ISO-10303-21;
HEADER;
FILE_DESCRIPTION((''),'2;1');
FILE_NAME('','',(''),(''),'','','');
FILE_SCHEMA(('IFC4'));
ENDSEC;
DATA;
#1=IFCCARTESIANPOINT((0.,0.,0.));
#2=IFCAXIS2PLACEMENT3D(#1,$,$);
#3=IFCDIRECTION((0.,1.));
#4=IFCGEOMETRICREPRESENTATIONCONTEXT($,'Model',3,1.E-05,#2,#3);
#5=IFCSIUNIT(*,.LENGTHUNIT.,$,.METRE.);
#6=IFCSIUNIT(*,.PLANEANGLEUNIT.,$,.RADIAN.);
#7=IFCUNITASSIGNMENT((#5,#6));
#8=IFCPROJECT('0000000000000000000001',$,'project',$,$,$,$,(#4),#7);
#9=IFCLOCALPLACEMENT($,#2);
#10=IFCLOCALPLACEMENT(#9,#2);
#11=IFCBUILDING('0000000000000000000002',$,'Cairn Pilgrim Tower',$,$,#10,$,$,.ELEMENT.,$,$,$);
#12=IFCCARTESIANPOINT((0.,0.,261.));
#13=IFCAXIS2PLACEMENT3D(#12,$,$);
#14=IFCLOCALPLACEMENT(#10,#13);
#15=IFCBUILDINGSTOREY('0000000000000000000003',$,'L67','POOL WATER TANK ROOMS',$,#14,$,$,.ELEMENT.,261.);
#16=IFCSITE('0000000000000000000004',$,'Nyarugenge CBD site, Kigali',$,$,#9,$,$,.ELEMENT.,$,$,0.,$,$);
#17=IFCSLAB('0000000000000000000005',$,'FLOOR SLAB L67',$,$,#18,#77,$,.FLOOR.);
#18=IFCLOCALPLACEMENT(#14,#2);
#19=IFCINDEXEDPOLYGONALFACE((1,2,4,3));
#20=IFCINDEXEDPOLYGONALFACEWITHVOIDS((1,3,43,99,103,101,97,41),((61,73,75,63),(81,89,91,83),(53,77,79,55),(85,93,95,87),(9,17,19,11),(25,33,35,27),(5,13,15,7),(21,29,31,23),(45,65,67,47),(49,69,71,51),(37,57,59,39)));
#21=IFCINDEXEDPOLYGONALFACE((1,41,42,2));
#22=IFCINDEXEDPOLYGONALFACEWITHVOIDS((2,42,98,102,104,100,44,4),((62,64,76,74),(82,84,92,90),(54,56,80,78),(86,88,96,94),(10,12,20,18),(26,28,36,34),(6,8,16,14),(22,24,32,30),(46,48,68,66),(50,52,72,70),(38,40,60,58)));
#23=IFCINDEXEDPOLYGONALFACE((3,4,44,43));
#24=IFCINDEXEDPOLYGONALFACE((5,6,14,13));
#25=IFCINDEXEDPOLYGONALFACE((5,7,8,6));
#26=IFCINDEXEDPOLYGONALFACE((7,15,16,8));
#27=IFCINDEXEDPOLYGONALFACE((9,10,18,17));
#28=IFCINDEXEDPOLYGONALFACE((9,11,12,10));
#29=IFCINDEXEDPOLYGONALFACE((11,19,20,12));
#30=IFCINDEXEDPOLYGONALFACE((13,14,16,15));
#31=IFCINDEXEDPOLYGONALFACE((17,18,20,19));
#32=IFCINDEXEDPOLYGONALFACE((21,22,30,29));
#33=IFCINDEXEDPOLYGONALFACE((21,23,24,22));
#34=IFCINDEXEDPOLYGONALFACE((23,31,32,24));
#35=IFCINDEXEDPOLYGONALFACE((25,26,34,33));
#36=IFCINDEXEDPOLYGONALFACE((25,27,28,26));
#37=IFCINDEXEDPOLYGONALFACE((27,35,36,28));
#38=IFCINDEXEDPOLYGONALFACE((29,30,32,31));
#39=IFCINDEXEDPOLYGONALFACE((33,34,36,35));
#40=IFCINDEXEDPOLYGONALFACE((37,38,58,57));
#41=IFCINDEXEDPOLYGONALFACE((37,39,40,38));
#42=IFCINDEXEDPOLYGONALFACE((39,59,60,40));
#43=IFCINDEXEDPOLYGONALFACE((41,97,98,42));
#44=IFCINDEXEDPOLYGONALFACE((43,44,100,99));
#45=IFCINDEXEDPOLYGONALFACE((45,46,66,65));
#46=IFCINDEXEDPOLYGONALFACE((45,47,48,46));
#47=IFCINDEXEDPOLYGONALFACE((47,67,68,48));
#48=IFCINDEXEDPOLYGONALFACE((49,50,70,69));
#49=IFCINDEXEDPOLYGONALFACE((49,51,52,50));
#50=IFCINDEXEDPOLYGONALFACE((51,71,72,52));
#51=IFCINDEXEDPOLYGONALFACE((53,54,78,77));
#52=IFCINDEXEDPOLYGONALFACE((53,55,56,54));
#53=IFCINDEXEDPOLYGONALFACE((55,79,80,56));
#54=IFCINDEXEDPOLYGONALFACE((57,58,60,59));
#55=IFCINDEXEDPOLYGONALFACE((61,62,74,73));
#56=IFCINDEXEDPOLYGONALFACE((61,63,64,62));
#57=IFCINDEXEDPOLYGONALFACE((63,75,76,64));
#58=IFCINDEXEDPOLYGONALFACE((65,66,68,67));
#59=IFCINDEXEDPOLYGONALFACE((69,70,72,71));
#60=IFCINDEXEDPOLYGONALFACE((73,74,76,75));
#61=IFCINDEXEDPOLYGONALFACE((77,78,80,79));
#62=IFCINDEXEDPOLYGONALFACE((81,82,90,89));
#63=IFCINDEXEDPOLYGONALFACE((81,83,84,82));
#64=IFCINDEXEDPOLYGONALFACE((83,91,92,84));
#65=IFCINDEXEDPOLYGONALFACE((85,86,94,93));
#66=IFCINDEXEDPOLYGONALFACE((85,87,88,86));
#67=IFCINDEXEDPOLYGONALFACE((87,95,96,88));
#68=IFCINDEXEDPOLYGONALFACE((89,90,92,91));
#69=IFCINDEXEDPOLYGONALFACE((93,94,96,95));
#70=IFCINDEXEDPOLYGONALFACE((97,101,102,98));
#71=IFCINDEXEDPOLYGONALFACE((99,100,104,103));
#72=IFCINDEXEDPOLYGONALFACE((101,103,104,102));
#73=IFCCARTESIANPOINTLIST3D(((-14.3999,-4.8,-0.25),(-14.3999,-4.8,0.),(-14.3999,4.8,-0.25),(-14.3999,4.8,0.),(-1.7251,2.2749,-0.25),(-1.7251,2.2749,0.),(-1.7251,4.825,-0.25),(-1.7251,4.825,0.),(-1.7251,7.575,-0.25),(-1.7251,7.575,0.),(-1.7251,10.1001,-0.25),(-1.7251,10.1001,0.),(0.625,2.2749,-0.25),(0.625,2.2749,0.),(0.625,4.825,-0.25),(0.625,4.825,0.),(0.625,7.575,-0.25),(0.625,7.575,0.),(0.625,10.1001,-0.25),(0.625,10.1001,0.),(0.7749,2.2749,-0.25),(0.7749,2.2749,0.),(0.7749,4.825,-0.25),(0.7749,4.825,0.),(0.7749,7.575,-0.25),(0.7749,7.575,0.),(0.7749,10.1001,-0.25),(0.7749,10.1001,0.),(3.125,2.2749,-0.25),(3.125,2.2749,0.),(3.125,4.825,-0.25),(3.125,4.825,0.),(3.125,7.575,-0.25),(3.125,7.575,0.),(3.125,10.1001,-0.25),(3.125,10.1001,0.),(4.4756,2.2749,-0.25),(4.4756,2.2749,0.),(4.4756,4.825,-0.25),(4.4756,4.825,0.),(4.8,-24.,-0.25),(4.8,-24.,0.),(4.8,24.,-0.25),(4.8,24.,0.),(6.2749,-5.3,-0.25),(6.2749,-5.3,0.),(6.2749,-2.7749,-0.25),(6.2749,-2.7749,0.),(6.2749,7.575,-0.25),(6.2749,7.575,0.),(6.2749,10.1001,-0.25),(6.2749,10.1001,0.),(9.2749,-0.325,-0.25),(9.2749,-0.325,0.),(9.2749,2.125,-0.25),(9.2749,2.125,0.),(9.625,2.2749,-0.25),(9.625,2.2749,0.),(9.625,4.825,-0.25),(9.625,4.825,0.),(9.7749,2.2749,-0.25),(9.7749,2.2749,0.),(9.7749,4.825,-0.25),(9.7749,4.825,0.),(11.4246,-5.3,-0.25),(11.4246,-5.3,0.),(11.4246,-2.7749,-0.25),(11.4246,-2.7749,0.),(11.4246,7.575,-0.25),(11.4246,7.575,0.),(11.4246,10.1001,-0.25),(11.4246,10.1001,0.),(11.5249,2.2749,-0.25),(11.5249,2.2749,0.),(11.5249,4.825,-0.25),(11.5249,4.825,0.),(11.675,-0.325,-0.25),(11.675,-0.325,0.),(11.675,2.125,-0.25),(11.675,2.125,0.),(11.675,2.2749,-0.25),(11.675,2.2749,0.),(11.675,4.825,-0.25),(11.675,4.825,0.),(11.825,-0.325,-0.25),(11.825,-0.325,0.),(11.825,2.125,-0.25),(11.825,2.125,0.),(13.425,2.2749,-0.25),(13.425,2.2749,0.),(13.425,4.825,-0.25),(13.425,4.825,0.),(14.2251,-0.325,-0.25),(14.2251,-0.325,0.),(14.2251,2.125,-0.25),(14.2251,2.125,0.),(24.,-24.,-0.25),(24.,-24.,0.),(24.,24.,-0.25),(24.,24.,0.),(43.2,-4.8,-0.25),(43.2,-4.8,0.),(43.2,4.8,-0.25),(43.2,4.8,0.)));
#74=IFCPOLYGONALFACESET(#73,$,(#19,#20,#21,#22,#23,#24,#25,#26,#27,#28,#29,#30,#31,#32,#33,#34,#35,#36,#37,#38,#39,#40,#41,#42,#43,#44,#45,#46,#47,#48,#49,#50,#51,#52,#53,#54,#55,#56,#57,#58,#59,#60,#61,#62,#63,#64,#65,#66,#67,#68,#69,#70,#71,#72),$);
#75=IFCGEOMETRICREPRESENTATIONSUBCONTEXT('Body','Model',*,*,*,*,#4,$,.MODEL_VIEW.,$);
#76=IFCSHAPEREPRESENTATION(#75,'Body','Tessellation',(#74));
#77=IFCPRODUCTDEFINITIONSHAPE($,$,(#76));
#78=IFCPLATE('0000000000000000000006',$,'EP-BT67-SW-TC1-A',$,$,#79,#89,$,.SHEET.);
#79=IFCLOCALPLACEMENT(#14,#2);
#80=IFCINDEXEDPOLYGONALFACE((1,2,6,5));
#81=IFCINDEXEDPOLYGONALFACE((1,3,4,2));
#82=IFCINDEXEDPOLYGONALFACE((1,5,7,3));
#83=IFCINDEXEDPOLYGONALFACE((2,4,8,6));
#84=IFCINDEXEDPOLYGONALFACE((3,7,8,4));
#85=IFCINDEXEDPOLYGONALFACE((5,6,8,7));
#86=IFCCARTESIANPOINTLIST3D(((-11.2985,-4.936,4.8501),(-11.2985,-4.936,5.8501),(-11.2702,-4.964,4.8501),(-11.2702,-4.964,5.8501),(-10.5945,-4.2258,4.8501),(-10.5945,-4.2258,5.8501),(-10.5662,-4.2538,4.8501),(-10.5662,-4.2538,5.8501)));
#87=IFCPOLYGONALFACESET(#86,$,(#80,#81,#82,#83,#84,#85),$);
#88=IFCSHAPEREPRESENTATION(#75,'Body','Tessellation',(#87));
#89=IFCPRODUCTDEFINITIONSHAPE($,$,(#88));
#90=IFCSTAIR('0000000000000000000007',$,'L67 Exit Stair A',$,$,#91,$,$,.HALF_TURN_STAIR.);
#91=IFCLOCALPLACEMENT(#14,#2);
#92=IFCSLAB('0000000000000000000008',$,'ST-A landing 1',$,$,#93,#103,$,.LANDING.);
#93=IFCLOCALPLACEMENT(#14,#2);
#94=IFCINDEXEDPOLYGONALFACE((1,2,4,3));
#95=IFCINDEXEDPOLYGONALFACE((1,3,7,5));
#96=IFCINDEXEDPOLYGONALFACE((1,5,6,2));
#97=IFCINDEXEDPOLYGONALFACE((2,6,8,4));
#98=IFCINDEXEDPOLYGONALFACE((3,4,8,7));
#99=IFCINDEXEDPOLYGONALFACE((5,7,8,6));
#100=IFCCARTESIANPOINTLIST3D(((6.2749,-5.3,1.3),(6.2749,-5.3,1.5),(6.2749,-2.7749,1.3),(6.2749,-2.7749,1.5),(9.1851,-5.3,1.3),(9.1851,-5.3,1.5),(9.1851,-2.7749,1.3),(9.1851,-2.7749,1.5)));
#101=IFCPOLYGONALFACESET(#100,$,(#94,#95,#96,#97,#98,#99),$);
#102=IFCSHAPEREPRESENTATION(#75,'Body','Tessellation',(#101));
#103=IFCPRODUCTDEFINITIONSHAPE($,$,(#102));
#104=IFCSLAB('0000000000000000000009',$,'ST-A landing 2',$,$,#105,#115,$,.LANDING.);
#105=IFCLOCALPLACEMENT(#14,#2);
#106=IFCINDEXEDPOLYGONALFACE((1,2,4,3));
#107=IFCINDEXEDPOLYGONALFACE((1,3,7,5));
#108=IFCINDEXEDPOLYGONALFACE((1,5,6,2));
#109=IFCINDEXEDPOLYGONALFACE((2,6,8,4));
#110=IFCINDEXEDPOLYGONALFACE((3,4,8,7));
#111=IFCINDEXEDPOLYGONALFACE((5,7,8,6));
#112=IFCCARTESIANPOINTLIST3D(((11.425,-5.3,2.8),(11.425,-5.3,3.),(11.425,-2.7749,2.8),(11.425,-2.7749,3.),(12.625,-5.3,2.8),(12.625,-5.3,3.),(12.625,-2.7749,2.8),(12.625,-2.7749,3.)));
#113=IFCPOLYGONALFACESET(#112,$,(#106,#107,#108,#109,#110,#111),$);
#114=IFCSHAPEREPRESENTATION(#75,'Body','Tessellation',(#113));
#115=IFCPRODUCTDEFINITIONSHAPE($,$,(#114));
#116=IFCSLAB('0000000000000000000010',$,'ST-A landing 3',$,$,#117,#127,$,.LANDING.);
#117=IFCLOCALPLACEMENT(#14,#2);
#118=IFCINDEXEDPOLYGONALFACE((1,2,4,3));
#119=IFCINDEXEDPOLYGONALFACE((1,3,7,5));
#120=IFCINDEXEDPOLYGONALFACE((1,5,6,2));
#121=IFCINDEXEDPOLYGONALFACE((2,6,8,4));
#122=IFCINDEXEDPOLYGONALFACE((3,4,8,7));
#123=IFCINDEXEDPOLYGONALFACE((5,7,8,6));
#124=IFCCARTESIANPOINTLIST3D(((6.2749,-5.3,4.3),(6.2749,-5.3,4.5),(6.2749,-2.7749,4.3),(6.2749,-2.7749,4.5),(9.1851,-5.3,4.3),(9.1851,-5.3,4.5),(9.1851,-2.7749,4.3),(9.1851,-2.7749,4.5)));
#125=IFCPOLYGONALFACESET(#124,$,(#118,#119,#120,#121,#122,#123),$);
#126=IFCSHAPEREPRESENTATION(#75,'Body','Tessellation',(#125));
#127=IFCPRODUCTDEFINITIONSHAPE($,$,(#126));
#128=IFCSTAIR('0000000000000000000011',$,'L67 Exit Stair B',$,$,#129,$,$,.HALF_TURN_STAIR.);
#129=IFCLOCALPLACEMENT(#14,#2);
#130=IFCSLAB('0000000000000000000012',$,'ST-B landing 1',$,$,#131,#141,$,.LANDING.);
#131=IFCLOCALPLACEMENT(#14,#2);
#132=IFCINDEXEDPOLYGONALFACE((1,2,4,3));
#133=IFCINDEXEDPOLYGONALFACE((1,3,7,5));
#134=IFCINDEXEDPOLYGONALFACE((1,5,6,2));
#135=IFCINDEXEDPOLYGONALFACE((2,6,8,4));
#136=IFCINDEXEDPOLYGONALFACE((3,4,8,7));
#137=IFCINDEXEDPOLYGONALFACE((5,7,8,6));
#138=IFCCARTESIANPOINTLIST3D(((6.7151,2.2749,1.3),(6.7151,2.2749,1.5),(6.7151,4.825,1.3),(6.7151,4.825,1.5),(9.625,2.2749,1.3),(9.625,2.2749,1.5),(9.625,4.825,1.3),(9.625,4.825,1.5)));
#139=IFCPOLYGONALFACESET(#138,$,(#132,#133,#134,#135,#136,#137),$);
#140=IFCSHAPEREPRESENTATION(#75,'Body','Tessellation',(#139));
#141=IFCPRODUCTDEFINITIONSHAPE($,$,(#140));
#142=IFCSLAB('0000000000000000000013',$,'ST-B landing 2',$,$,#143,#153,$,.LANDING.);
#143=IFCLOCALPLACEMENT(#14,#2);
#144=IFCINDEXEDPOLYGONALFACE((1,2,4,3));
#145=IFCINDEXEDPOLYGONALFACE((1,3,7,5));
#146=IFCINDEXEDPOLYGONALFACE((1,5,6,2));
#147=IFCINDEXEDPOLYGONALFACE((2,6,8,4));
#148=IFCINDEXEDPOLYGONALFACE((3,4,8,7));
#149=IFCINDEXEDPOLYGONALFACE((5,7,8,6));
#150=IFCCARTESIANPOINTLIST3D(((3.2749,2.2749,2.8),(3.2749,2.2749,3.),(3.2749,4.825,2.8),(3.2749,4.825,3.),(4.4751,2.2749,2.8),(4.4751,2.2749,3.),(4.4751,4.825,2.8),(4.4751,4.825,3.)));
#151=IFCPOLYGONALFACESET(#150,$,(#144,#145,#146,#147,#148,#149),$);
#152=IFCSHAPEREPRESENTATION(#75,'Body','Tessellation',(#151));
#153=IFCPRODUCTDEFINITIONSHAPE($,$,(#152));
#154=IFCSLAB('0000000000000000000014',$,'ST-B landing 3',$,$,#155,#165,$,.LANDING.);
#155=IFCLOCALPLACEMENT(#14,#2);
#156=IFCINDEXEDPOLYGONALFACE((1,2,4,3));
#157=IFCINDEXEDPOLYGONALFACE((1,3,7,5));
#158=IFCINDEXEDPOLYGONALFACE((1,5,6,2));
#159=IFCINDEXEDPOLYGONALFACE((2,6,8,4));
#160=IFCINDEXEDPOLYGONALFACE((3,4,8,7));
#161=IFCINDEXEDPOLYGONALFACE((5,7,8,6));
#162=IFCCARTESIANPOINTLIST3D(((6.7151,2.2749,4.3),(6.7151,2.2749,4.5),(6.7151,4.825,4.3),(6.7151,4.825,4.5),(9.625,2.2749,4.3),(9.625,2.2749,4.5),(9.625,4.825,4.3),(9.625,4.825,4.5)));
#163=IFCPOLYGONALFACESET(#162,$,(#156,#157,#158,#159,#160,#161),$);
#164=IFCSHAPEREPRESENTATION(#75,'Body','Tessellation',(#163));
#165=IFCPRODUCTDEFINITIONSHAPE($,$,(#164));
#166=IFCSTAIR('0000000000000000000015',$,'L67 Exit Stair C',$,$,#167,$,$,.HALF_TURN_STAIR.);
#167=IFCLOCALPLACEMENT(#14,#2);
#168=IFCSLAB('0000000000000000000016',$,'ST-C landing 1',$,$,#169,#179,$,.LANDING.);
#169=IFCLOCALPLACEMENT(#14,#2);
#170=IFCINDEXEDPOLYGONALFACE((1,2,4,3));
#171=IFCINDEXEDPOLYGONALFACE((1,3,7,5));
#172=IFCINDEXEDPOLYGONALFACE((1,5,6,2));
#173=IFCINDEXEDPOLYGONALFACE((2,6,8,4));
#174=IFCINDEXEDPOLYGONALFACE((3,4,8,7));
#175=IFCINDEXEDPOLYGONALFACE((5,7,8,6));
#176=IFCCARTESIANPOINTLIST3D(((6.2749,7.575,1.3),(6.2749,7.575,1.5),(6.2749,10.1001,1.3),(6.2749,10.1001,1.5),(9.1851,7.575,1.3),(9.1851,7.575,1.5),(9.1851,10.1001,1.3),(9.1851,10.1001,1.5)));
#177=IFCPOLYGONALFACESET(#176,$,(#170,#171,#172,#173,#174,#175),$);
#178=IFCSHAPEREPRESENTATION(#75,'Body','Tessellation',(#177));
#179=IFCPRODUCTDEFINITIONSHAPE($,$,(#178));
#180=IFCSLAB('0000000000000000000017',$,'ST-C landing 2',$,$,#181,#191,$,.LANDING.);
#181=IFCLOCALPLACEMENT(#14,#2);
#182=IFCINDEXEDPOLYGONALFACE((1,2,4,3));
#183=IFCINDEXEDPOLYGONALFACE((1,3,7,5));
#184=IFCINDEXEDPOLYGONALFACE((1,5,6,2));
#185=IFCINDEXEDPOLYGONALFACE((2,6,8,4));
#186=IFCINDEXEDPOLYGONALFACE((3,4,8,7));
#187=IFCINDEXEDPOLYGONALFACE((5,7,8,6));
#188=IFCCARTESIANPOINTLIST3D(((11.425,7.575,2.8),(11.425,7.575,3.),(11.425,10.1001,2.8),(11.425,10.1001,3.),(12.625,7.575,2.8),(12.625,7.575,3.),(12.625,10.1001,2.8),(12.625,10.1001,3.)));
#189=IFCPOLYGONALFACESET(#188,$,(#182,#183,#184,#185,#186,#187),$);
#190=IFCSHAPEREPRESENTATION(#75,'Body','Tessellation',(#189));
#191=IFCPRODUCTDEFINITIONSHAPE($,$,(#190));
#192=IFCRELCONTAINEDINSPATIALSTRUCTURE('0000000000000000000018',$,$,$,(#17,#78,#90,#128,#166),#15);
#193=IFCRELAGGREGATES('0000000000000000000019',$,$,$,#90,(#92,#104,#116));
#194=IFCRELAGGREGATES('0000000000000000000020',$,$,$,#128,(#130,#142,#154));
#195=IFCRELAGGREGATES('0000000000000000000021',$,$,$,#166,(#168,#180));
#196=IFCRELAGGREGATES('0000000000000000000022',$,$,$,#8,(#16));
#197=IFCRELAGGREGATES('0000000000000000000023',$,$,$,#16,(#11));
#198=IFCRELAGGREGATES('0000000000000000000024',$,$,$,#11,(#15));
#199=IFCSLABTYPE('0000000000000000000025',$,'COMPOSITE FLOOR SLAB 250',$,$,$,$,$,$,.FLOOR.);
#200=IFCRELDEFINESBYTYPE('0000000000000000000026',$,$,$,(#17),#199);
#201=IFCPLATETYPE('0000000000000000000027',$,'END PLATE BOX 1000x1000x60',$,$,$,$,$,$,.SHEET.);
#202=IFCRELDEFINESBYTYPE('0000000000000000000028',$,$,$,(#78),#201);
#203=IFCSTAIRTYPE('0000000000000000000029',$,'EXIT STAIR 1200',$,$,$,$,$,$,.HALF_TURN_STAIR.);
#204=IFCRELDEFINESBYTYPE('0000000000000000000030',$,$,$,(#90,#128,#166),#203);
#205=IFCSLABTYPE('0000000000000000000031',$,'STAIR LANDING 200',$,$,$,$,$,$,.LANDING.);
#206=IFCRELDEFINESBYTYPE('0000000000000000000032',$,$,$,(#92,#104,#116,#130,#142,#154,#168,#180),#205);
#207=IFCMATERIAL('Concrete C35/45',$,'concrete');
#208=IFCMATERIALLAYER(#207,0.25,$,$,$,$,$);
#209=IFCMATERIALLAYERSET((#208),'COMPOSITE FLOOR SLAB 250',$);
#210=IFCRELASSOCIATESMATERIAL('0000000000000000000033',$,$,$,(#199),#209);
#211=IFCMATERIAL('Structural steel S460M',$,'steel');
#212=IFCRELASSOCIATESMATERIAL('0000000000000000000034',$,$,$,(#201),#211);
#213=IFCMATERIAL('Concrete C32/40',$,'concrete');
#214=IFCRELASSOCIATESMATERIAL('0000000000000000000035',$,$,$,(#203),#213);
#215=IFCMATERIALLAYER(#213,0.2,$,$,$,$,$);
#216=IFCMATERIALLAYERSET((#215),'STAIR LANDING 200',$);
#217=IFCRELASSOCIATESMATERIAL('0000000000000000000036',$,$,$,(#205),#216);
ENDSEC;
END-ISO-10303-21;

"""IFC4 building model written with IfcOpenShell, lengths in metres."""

from ifc_helpers import new_model, si_unit, direction, frame, origin, origin_2d, place, context, subcontext, project, spatial, polyline, rectangle, outline, extrude, material, layer, layer_set, material_profile, profile_set, type_object, element, aggregate, save


model = new_model("IFC4")

# Units and contexts
model_context = context("Model", 3, precision=1e-05, world=origin(), true_north=direction((0.0, 1.0)))
body_context = subcontext(model_context, "Body", "Model", "MODEL_VIEW")
ifc_project = project(units=[si_unit("LENGTHUNIT", "METRE"), si_unit("PLANEANGLEUNIT", "RADIAN")], contexts=[model_context])

# Site, building, storey
site_placement = place(None, origin())
site = spatial("IfcSite", under=ifc_project, at=site_placement, Name="Nyarugenge CBD site, Kigali", CompositionType="ELEMENT", RefElevation=0.0)
building_placement = place(site_placement, origin())
building = spatial("IfcBuilding", under=site, at=building_placement, Name="Cairn Pilgrim Tower", CompositionType="ELEMENT")
storey_placement = place(building_placement, frame((0.0, 0.0, 261.0)))
storey = spatial("IfcBuildingStorey", under=building, at=storey_placement, Name="L67", Description="POOL WATER TANK ROOMS", CompositionType="ELEMENT", Elevation=261.0)

# Shared definitions
ifc_material_1 = material(Name="Structural steel S460M", Category="steel")

# Slab
ifc_material_2 = material(Name="Concrete C35/45", Category="concrete")
ifc_layer_1 = layer(ifc_material_2, 0.25)
ifc_layer_set_1 = layer_set([ifc_layer_1], Name="COMPOSITE FLOOR SLAB 250")
slab_type_1 = type_object("IfcSlabType", Name="COMPOSITE FLOOR SLAB 250", PredefinedType="FLOOR", material=ifc_layer_set_1)
slab_1_placement = place(storey_placement, frame((0.0, 0.0, -0.25)))
element("IfcSlab", 1, at=slab_1_placement, inside=storey, type_object=slab_type_1, Name="FLOOR SLAB L67", PredefinedType="FLOOR", context=body_context, shape_type="SweptSolid", body=[
    extrude(outline(polyline([(4.8, -24.0), (24.0, -24.0), (43.2, -4.8), (43.2, 4.8), (24.0, 24.0), (4.8, 24.0), (-14.3999, 4.8), (-14.3999, -4.8), (4.8, -24.0)]), holes=[polyline([(9.2749, -0.325), (11.675, -0.325), (11.675, 2.125), (9.2749, 2.125), (9.2749, -0.325)]), polyline([(11.825, -0.325), (14.2251, -0.325), (14.2251, 2.125), (11.825, 2.125), (11.825, -0.325)]), polyline([(-1.7251, 2.2749), (0.625, 2.2749), (0.625, 4.825), (-1.7251, 4.825), (-1.7251, 2.2749)]), polyline([(0.7749, 2.2749), (3.125, 2.2749), (3.125, 4.825), (0.7749, 4.825), (0.7749, 2.2749)]), polyline([(-1.7251, 7.575), (0.625, 7.575), (0.625, 10.1001), (-1.7251, 10.1001), (-1.7251, 7.575)]), polyline([(0.7749, 7.575), (3.125, 7.575), (3.125, 10.1001), (0.7749, 10.1001), (0.7749, 7.575)]), polyline([(9.7749, 2.2749), (11.5249, 2.2749), (11.5249, 4.825), (9.7749, 4.825), (9.7749, 2.2749)]), polyline([(11.675, 2.2749), (13.425, 2.2749), (13.425, 4.825), (11.675, 4.825), (11.675, 2.2749)]), polyline([(11.4246, -2.7749), (6.2749, -2.7749), (6.2749, -5.3), (11.4246, -5.3), (11.4246, -2.7749)]), polyline([(4.4756, 2.2749), (9.625, 2.2749), (9.625, 4.825), (4.4756, 4.825), (4.4756, 2.2749)]), polyline([(11.4246, 10.1001), (6.2749, 10.1001), (6.2749, 7.575), (11.4246, 7.575), (11.4246, 10.1001)])]), origin(), (0.0, 0.0, 1.0), 0.25),
])

# Plate
ifc_material_profile_1 = material_profile(ifc_material_1, rectangle(XDim=1.0, YDim=1.0, at=origin_2d()), Name="END PLATE BOX 1000x1000x60")
ifc_profile_set_1 = profile_set([ifc_material_profile_1], Name="Structural steel S460M")
plate_type = type_object("IfcPlateType", Name="END PLATE BOX 1000x1000x60", PredefinedType="SHEET", material=ifc_profile_set_1)
plate_placement = place(storey_placement, frame((-10.9182, -4.6089, 5.3501), z_axis=(-0.710161, 0.704039, 0.0), x_axis=(-0.704039, -0.710161, 0.0)))
element("IfcPlate", 2, at=plate_placement, inside=storey, type_object=plate_type, Name="EP-BT67-SW-TC1-A", PredefinedType="SHEET", context=body_context, shape_type="SweptSolid", body=[
    extrude(rectangle(XDim=1.0, YDim=1.0, at=origin_2d()), origin(), (0.0, 0.0, 1.0), 0.0398),
])

# Stairs, slabs
ifc_material_3 = material(Name="Concrete C32/40", Category="concrete")
stair_type = type_object("IfcStairType", Name="EXIT STAIR 1200", PredefinedType="HALF_TURN_STAIR", material=ifc_material_3)
stair_1_placement = place(storey_placement, origin())
stair_1 = element("IfcStair", 3, at=stair_1_placement, inside=storey, type_object=stair_type, Name="L67 Exit Stair A", PredefinedType="HALF_TURN_STAIR")
ifc_layer_2 = layer(ifc_material_3, 0.2)
ifc_layer_set_2 = layer_set([ifc_layer_2], Name="STAIR LANDING 200")
slab_type_2 = type_object("IfcSlabType", Name="STAIR LANDING 200", PredefinedType="LANDING", material=ifc_layer_set_2)
slab_2_placement = place(storey_placement, frame((0.0, 0.0, 1.3)))
slab_2 = element("IfcSlab", 4, at=slab_2_placement, type_object=slab_type_2, Name="ST-A landing 1", PredefinedType="LANDING", context=body_context, shape_type="SweptSolid", body=[
    extrude(outline(polyline([(9.1851, -2.7749), (6.2749, -2.7749), (6.2749, -5.3), (9.1851, -5.3), (9.1851, -2.7749)])), origin(), (0.0, 0.0, 1.0), 0.2),
])
slab_3_placement = place(storey_placement, frame((0.0, 0.0, 2.8)))
slab_3 = element("IfcSlab", 5, at=slab_3_placement, type_object=slab_type_2, Name="ST-A landing 2", PredefinedType="LANDING", context=body_context, shape_type="SweptSolid", body=[
    extrude(outline(polyline([(12.625, -2.7749), (11.425, -2.7749), (11.425, -5.3), (12.625, -5.3), (12.625, -2.7749)])), origin(), (0.0, 0.0, 1.0), 0.2),
])
slab_4_placement = place(storey_placement, frame((0.0, 0.0, 4.3)))
slab_4 = element("IfcSlab", 6, at=slab_4_placement, type_object=slab_type_2, Name="ST-A landing 3", PredefinedType="LANDING", context=body_context, shape_type="SweptSolid", body=[
    extrude(outline(polyline([(9.1851, -2.7749), (6.2749, -2.7749), (6.2749, -5.3), (9.1851, -5.3), (9.1851, -2.7749)])), origin(), (0.0, 0.0, 1.0), 0.2),
])
aggregate(stair_1, [slab_2, slab_3, slab_4])
stair_2_placement = place(storey_placement, origin())
stair_2 = element("IfcStair", 7, at=stair_2_placement, inside=storey, type_object=stair_type, Name="L67 Exit Stair B", PredefinedType="HALF_TURN_STAIR")
slab_5_placement = place(storey_placement, frame((0.0, 0.0, 1.3)))
slab_5 = element("IfcSlab", 8, at=slab_5_placement, type_object=slab_type_2, Name="ST-B landing 1", PredefinedType="LANDING", context=body_context, shape_type="SweptSolid", body=[
    extrude(outline(polyline([(6.7151, 2.2749), (9.625, 2.2749), (9.625, 4.825), (6.7151, 4.825), (6.7151, 2.2749)])), origin(), (0.0, 0.0, 1.0), 0.2),
])
slab_6_placement = place(storey_placement, frame((0.0, 0.0, 2.8)))
slab_6 = element("IfcSlab", 9, at=slab_6_placement, type_object=slab_type_2, Name="ST-B landing 2", PredefinedType="LANDING", context=body_context, shape_type="SweptSolid", body=[
    extrude(outline(polyline([(3.2749, 2.2749), (4.4751, 2.2749), (4.4751, 4.825), (3.2749, 4.825), (3.2749, 2.2749)])), origin(), (0.0, 0.0, 1.0), 0.2),
])
slab_7_placement = place(storey_placement, frame((0.0, 0.0, 4.3)))
slab_7 = element("IfcSlab", 10, at=slab_7_placement, type_object=slab_type_2, Name="ST-B landing 3", PredefinedType="LANDING", context=body_context, shape_type="SweptSolid", body=[
    extrude(outline(polyline([(6.7151, 2.2749), (9.625, 2.2749), (9.625, 4.825), (6.7151, 4.825), (6.7151, 2.2749)])), origin(), (0.0, 0.0, 1.0), 0.2),
])
aggregate(stair_2, [slab_5, slab_6, slab_7])
stair_3_placement = place(storey_placement, origin())
stair_3 = element("IfcStair", 11, at=stair_3_placement, inside=storey, type_object=stair_type, Name="L67 Exit Stair C", PredefinedType="HALF_TURN_STAIR")
slab_8_placement = place(storey_placement, frame((0.0, 0.0, 1.3)))
slab_8 = element("IfcSlab", 12, at=slab_8_placement, type_object=slab_type_2, Name="ST-C landing 1", PredefinedType="LANDING", context=body_context, shape_type="SweptSolid", body=[
    extrude(outline(polyline([(9.1851, 10.1001), (6.2749, 10.1001), (6.2749, 7.575), (9.1851, 7.575), (9.1851, 10.1001)])), origin(), (0.0, 0.0, 1.0), 0.2),
])
slab_9_placement = place(storey_placement, frame((0.0, 0.0, 2.8)))
slab_9 = element("IfcSlab", 13, at=slab_9_placement, type_object=slab_type_2, Name="ST-C landing 2", PredefinedType="LANDING", context=body_context, shape_type="SweptSolid", body=[
    extrude(outline(polyline([(12.625, 10.1001), (11.425, 10.1001), (11.425, 7.575), (12.625, 7.575), (12.625, 10.1001)])), origin(), (0.0, 0.0, 1.0), 0.2),
])
aggregate(stair_3, [slab_8, slab_9])

save(model, "model.ifc")
